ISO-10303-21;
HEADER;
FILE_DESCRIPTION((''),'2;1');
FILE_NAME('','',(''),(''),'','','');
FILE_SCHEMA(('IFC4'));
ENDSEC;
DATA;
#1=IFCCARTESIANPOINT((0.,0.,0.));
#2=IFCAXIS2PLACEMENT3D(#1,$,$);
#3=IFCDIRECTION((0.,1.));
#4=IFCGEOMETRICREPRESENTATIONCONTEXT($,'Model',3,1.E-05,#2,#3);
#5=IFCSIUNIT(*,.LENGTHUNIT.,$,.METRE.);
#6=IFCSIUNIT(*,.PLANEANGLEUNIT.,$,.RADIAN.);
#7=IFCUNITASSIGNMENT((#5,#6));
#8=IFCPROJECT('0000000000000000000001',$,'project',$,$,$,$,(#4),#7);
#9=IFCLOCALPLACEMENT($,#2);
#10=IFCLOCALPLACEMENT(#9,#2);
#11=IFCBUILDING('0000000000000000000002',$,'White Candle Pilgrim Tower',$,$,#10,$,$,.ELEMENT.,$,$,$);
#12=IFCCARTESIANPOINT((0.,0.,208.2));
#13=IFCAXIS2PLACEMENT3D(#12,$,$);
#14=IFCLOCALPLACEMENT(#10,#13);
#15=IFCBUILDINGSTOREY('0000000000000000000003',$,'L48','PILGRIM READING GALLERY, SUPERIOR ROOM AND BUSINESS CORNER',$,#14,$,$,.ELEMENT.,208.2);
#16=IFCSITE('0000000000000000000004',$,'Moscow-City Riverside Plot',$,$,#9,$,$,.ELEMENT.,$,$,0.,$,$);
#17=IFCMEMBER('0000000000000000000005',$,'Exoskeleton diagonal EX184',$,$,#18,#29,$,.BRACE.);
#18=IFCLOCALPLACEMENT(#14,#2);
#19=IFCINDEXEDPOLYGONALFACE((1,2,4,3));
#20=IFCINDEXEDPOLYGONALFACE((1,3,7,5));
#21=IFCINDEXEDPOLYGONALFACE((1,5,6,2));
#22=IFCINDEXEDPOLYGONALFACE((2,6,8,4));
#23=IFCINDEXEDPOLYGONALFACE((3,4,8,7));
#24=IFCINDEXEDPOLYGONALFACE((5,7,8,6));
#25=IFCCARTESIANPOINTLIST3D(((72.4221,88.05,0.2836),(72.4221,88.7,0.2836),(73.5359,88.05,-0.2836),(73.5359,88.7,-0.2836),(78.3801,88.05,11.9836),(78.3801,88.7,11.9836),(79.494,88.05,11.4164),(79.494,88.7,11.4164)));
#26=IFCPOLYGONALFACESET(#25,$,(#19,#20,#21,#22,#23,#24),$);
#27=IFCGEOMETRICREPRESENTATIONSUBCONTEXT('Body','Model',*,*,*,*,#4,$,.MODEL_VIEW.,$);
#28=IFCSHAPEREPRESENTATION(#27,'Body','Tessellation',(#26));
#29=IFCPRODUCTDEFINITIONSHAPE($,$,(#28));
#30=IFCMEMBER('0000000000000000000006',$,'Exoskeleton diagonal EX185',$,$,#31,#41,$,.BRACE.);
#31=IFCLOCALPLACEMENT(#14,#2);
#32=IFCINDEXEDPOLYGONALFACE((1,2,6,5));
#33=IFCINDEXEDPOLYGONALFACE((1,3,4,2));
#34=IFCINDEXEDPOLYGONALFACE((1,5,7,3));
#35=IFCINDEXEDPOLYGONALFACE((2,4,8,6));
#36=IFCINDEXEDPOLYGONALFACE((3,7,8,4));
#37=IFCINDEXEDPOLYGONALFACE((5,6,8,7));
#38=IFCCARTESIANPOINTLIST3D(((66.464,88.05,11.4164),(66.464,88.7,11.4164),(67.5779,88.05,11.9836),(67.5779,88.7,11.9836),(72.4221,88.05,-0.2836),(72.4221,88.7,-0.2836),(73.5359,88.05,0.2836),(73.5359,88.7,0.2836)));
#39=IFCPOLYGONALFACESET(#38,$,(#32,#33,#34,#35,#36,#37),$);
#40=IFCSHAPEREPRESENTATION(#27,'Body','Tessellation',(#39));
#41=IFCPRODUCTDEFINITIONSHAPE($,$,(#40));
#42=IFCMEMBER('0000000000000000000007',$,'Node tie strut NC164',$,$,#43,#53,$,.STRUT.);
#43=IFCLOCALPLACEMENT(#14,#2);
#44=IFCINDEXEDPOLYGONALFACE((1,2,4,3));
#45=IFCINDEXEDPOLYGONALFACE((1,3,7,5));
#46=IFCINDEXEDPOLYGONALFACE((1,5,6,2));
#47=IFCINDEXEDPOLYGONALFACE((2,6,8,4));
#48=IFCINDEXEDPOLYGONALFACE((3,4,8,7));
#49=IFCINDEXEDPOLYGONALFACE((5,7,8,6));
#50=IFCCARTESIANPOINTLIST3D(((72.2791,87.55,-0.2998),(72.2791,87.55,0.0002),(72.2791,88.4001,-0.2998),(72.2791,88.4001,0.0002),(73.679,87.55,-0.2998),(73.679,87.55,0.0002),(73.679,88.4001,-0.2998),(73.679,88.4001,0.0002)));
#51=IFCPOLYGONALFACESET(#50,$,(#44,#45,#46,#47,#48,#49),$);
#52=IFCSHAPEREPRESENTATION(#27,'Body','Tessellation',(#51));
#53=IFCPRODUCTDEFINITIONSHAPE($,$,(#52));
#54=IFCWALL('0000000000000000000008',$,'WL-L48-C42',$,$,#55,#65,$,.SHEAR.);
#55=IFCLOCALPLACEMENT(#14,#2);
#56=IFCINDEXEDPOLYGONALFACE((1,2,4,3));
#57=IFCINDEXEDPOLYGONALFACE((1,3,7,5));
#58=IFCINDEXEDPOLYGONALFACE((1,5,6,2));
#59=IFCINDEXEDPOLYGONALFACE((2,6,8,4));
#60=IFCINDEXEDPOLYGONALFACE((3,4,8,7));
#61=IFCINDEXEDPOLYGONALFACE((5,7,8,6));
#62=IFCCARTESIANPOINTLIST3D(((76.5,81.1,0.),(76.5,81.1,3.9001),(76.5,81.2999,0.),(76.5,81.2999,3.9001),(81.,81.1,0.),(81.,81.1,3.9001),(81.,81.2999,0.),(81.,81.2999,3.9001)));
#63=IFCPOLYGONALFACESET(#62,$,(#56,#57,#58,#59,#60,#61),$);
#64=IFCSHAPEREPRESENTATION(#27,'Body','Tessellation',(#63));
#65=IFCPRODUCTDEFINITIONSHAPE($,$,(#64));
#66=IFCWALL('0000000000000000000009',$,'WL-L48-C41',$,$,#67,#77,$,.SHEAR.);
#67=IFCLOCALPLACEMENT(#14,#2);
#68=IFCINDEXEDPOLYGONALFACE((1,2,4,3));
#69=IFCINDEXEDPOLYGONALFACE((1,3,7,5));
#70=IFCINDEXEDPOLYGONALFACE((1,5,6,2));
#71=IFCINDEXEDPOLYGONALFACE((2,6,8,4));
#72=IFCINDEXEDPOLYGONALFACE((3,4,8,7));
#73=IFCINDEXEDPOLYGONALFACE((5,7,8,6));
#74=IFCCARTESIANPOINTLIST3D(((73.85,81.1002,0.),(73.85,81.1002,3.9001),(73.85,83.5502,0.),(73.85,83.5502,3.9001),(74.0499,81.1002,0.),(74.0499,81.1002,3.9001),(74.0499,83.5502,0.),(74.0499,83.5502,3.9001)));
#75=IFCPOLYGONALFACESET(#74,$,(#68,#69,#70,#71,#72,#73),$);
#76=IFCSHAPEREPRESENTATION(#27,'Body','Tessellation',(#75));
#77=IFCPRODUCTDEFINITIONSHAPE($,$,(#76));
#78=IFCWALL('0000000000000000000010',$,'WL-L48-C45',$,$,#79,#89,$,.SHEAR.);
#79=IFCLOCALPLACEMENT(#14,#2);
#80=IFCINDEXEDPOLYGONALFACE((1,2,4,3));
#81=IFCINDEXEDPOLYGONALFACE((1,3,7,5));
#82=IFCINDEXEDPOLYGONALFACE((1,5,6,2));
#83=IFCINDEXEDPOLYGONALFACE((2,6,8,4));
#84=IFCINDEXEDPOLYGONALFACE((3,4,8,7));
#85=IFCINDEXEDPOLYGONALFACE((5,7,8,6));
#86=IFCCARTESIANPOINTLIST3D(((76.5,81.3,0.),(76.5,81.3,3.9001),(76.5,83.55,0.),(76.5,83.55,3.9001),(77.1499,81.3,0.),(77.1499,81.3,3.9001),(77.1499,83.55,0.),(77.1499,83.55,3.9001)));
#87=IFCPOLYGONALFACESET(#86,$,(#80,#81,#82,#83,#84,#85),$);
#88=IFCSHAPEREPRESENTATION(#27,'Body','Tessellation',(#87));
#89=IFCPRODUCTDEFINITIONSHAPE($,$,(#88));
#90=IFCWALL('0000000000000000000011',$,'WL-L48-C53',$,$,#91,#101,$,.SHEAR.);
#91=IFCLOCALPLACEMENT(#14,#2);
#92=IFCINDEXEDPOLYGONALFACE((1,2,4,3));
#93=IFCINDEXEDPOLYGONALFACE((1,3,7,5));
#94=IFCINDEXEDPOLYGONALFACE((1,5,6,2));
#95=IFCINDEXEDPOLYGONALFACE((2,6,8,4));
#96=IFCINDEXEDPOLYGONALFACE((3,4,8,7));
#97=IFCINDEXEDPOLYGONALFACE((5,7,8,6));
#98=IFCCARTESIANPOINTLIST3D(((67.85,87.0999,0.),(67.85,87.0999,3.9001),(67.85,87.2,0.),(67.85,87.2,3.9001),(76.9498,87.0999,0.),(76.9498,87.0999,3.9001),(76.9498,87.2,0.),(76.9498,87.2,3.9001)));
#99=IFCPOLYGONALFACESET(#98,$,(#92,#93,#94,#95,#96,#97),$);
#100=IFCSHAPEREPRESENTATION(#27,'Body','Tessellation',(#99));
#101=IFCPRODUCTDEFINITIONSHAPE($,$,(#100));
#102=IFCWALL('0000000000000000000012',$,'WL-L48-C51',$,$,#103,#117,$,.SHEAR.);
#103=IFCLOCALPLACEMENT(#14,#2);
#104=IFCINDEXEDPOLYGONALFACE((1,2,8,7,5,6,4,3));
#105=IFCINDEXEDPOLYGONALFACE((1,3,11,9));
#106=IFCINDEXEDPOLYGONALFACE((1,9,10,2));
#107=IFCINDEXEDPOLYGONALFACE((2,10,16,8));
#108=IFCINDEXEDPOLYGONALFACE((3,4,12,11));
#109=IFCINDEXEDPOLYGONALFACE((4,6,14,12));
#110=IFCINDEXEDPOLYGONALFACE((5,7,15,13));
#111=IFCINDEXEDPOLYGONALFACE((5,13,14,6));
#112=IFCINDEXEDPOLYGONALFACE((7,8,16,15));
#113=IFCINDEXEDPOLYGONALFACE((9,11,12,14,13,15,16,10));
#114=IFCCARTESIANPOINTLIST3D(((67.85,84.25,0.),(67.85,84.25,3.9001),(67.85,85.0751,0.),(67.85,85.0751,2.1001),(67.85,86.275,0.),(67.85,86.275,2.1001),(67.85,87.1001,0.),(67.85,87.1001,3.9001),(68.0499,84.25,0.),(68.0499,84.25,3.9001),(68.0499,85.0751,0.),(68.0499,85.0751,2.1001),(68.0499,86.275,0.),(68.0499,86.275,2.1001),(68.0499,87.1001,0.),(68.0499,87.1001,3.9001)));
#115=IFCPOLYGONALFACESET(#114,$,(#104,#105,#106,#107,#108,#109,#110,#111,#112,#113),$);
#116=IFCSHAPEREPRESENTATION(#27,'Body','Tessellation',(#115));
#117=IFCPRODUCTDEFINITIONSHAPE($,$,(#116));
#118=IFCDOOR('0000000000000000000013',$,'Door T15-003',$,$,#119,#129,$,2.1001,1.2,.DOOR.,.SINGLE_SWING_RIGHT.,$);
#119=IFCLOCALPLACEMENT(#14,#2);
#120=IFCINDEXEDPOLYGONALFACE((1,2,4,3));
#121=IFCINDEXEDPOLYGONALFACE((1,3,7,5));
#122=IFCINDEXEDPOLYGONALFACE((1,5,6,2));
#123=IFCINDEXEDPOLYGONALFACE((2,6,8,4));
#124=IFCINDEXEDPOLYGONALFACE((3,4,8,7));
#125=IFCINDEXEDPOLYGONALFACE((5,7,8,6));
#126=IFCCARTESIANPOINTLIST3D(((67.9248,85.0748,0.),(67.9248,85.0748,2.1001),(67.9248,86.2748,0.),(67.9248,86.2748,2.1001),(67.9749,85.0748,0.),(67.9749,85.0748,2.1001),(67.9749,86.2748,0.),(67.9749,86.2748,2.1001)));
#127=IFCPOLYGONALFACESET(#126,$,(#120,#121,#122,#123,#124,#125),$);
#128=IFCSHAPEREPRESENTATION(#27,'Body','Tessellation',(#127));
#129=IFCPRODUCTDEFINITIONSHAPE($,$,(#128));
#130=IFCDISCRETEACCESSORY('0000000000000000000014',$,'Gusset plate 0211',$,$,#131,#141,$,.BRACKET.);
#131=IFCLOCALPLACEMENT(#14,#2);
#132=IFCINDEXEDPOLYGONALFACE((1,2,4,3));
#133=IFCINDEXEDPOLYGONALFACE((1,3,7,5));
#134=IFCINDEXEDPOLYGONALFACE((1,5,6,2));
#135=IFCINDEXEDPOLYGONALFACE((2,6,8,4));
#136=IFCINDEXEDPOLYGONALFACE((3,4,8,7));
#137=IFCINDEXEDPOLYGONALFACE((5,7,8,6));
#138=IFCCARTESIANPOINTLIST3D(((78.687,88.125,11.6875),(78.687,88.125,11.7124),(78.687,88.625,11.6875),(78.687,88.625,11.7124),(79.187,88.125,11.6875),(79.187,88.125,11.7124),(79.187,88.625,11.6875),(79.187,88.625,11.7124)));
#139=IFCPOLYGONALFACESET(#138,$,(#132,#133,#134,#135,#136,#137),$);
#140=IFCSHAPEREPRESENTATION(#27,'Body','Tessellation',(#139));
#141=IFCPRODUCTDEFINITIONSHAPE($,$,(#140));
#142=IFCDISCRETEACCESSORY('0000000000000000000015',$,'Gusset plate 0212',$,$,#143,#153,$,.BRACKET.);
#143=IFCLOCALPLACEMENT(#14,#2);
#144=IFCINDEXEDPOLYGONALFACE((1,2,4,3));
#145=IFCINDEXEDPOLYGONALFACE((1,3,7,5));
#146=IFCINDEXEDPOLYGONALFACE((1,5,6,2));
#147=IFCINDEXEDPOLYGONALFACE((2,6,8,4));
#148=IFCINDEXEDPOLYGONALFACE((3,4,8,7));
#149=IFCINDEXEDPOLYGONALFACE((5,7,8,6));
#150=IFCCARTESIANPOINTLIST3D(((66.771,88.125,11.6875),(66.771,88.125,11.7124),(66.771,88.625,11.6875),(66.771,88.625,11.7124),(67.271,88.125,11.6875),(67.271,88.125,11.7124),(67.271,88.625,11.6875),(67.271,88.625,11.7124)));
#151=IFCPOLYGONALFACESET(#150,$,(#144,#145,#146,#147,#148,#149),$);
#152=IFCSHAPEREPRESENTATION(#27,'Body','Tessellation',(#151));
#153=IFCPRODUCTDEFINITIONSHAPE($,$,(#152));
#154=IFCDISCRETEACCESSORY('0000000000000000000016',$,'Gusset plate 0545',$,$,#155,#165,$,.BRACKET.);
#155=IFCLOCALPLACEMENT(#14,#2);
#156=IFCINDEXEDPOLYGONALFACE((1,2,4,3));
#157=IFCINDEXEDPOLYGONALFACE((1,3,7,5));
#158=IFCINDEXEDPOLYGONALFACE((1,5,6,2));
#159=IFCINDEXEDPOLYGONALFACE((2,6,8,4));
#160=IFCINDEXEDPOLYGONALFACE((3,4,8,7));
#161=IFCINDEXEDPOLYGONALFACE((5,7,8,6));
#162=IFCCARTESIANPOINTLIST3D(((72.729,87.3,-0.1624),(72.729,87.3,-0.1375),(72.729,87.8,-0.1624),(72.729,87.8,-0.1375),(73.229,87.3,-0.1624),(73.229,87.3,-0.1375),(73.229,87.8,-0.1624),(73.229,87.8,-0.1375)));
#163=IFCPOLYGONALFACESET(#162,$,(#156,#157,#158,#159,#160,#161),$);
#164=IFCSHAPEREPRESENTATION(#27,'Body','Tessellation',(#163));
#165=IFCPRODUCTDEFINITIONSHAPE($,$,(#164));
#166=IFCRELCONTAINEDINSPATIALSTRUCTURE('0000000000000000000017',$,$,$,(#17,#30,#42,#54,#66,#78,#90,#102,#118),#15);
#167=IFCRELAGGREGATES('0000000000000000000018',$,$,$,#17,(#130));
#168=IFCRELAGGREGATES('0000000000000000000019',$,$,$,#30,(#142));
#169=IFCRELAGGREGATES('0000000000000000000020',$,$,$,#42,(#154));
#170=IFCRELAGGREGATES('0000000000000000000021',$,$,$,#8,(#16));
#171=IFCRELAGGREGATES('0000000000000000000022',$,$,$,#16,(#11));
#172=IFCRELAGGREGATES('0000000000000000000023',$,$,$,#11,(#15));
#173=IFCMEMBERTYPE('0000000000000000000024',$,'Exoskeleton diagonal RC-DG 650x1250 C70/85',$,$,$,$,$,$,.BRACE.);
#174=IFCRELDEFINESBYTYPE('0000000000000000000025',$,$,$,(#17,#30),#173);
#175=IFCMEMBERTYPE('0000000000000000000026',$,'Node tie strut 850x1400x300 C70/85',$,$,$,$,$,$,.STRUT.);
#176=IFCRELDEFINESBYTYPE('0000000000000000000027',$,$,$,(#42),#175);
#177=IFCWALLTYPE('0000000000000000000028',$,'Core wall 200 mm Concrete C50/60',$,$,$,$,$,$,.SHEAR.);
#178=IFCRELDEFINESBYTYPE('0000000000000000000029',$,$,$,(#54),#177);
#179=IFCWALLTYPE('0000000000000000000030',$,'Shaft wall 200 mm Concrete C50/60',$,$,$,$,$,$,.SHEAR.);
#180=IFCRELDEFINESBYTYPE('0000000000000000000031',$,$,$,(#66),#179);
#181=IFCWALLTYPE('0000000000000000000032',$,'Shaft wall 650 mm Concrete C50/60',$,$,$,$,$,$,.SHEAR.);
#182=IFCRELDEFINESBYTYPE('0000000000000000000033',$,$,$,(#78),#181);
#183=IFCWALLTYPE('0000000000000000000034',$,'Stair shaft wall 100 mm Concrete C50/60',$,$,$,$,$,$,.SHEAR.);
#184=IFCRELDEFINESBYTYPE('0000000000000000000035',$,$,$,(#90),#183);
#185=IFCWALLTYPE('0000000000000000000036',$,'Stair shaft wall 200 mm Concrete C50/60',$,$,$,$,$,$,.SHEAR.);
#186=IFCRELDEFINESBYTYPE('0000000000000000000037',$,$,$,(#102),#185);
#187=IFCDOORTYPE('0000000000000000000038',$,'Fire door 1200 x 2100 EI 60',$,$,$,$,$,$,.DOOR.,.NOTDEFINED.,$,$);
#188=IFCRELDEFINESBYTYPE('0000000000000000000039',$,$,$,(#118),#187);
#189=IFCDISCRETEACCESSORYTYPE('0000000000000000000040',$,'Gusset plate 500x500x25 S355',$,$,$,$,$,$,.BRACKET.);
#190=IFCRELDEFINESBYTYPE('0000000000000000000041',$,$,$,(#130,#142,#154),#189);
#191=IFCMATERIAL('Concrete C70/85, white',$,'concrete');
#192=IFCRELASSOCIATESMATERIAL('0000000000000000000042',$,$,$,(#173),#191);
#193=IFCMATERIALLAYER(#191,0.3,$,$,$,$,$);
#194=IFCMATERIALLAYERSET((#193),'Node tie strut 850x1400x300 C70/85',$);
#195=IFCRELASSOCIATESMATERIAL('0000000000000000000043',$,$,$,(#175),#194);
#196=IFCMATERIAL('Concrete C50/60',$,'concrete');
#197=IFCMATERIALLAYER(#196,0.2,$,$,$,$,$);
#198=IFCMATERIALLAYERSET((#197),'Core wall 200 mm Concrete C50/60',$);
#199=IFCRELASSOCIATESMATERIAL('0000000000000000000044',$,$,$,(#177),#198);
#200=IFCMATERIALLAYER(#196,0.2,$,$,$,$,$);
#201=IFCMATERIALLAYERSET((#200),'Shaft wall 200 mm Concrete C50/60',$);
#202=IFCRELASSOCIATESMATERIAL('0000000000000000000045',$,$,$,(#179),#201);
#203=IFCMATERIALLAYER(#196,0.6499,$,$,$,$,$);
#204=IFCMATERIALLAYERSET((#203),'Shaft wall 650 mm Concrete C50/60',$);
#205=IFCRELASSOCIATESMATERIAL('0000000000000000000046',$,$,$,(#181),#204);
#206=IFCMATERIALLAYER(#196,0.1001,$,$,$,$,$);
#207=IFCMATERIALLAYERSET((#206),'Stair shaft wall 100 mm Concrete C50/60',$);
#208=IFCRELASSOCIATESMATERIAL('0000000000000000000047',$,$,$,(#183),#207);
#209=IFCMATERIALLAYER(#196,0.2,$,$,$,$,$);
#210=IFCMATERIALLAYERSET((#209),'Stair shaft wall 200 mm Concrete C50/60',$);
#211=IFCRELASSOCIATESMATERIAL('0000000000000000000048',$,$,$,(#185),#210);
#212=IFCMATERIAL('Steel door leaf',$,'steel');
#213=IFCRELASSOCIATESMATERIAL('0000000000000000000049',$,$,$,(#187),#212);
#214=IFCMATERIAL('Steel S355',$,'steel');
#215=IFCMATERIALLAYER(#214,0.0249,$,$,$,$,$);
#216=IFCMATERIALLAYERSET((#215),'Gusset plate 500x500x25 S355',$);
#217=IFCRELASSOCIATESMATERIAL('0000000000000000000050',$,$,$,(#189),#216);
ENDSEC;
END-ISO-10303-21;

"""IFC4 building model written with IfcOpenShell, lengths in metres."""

from ifc_helpers import new_model, si_unit, direction, frame, frame_2d, origin, origin_2d, place, context, subcontext, project, spatial, rectangle, extrude, material, layer, layer_set, material_profile, profile_set, type_object, element, fill, aggregate, save


model = new_model("IFC4")

# Units and contexts
model_context = context("Model", 3, precision=1e-05, world=origin(), true_north=direction((0.0, 1.0)))
body_context = subcontext(model_context, "Body", "Model", "MODEL_VIEW")
ifc_project = project(units=[si_unit("LENGTHUNIT", "METRE"), si_unit("PLANEANGLEUNIT", "RADIAN")], contexts=[model_context])

# Site, building, storey
site_placement = place(None, origin())
site = spatial("IfcSite", under=ifc_project, at=site_placement, Name="Moscow-City Riverside Plot", CompositionType="ELEMENT", RefElevation=0.0)
building_placement = place(site_placement, origin())
building = spatial("IfcBuilding", under=site, at=building_placement, Name="White Candle Pilgrim Tower", CompositionType="ELEMENT")
storey_placement = place(building_placement, frame((0.0, 0.0, 208.2)))
storey = spatial("IfcBuildingStorey", under=building, at=storey_placement, Name="L48", Description="PILGRIM READING GALLERY, SUPERIOR ROOM AND BUSINESS CORNER", CompositionType="ELEMENT", Elevation=208.2)

# Members
ifc_material_1 = material(Name="Concrete C70/85, white", Category="concrete")
ifc_material_profile = material_profile(ifc_material_1, rectangle(XDim=0.6499, YDim=1.25, at=origin_2d()), Name="RC-DG 650x1250")
ifc_profile_set = profile_set([ifc_material_profile], Name="Concrete C70/85, white")
member_type_1 = type_object("IfcMemberType", Name="Exoskeleton diagonal RC-DG 650x1250 C70/85", PredefinedType="BRACE", material=ifc_profile_set)
member_1_placement = place(storey_placement, frame((72.979, 88.375, 0.0), z_axis=(0.453784, 0.0, 0.891112), x_axis=(0.0, 1.0, 0.0)))
member_1 = element("IfcMember", 1, at=member_1_placement, inside=storey, type_object=member_type_1, Name="Exoskeleton diagonal EX184", PredefinedType="BRACE", context=body_context, shape_type="SweptSolid", body=[
    extrude(rectangle(XDim=0.6499, YDim=1.25, at=origin_2d()), origin(), (0.0, 0.0, 1.0), 13.1296),
])
member_2_placement = place(storey_placement, frame((72.979, 88.375, 0.0), z_axis=(-0.453784, 0.0, 0.891112), x_axis=(0.0, -1.0, 0.0)))
member_2 = element("IfcMember", 2, at=member_2_placement, inside=storey, type_object=member_type_1, Name="Exoskeleton diagonal EX185", PredefinedType="BRACE", context=body_context, shape_type="SweptSolid", body=[
    extrude(rectangle(XDim=0.6499, YDim=1.25, at=origin_2d()), origin(), (0.0, 0.0, 1.0), 13.1296),
])
ifc_layer_1 = layer(ifc_material_1, 0.3)
ifc_layer_set_1 = layer_set([ifc_layer_1], Name="Node tie strut 850x1400x300 C70/85")
member_type_2 = type_object("IfcMemberType", Name="Node tie strut 850x1400x300 C70/85", PredefinedType="STRUT", material=ifc_layer_set_1)
member_3_placement = place(storey_placement, frame((72.979, 87.9751, -0.2998), z_axis=(0.0, 0.0, 1.0), x_axis=(-1.0, 0.0, 0.0)))
member_3 = element("IfcMember", 3, at=member_3_placement, inside=storey, type_object=member_type_2, Name="Node tie strut NC164", PredefinedType="STRUT", context=body_context, shape_type="SweptSolid", body=[
    extrude(rectangle(XDim=1.3999, YDim=0.8501, at=origin_2d()), origin(), (0.0, 0.0, 1.0), 0.3),
])

# Walls
ifc_material_2 = material(Name="Concrete C50/60", Category="concrete")
ifc_layer_2 = layer(ifc_material_2, 0.2)
ifc_layer_set_2 = layer_set([ifc_layer_2], Name="Core wall 200 mm Concrete C50/60")
wall_type_1 = type_object("IfcWallType", Name="Core wall 200 mm Concrete C50/60", PredefinedType="SHEAR", material=ifc_layer_set_2)
wall_1_placement = place(storey_placement, frame((76.5, 81.2, 0.0), z_axis=(0.0, 0.0, 1.0), x_axis=(1.0, 0.0, 0.0)))
element("IfcWall", 4, at=wall_1_placement, inside=storey, type_object=wall_type_1, Name="WL-L48-C42", PredefinedType="SHEAR", context=body_context, shape_type="SweptSolid", body=[
    extrude(rectangle(XDim=4.5, YDim=0.2, at=frame_2d((2.25, 0.0))), origin(), (0.0, 0.0, 1.0), 3.9001),
])
ifc_layer_3 = layer(ifc_material_2, 0.2)
ifc_layer_set_3 = layer_set([ifc_layer_3], Name="Shaft wall 200 mm Concrete C50/60")
wall_type_2 = type_object("IfcWallType", Name="Shaft wall 200 mm Concrete C50/60", PredefinedType="SHEAR", material=ifc_layer_set_3)
wall_2_placement = place(storey_placement, frame((73.95, 81.1001, 0.0), z_axis=(0.0, 0.0, 1.0), x_axis=(0.0, 1.0, 0.0)))
element("IfcWall", 5, at=wall_2_placement, inside=storey, type_object=wall_type_2, Name="WL-L48-C41", PredefinedType="SHEAR", context=body_context, shape_type="SweptSolid", body=[
    extrude(rectangle(XDim=2.45, YDim=0.2, at=frame_2d((1.2251, 0.0))), origin(), (0.0, 0.0, 1.0), 3.9001),
])
ifc_layer_4 = layer(ifc_material_2, 0.6499)
ifc_layer_set_4 = layer_set([ifc_layer_4], Name="Shaft wall 650 mm Concrete C50/60")
wall_type_3 = type_object("IfcWallType", Name="Shaft wall 650 mm Concrete C50/60", PredefinedType="SHEAR", material=ifc_layer_set_4)
wall_3_placement = place(storey_placement, frame((76.825, 81.3, 0.0), z_axis=(0.0, 0.0, 1.0), x_axis=(0.0, 1.0, 0.0)))
element("IfcWall", 6, at=wall_3_placement, inside=storey, type_object=wall_type_3, Name="WL-L48-C45", PredefinedType="SHEAR", context=body_context, shape_type="SweptSolid", body=[
    extrude(rectangle(XDim=2.25, YDim=0.6499, at=frame_2d((1.125, 0.0))), origin(), (0.0, 0.0, 1.0), 3.9001),
])
ifc_layer_5 = layer(ifc_material_2, 0.1001)
ifc_layer_set_5 = layer_set([ifc_layer_5], Name="Stair shaft wall 100 mm Concrete C50/60")
wall_type_4 = type_object("IfcWallType", Name="Stair shaft wall 100 mm Concrete C50/60", PredefinedType="SHEAR", material=ifc_layer_set_5)
wall_4_placement = place(storey_placement, frame((67.8501, 87.1499, 0.0), z_axis=(0.0, 0.0, 1.0), x_axis=(1.0, 0.0, 0.0)))
element("IfcWall", 7, at=wall_4_placement, inside=storey, type_object=wall_type_4, Name="WL-L48-C53", PredefinedType="SHEAR", context=body_context, shape_type="SweptSolid", body=[
    extrude(rectangle(XDim=9.0999, YDim=0.1001, at=frame_2d((4.5498, 0.0))), origin(), (0.0, 0.0, 1.0), 3.9001),
])

# Wall, opening, door
ifc_layer_6 = layer(ifc_material_2, 0.2)
ifc_layer_set_6 = layer_set([ifc_layer_6], Name="Stair shaft wall 200 mm Concrete C50/60")
wall_type_5 = type_object("IfcWallType", Name="Stair shaft wall 200 mm Concrete C50/60", PredefinedType="SHEAR", material=ifc_layer_set_6)
wall_5_placement = place(storey_placement, frame((67.95, 84.25, 0.0), z_axis=(0.0, 0.0, 1.0), x_axis=(0.0, 1.0, 0.0)))
wall_5 = element("IfcWall", 8, at=wall_5_placement, inside=storey, type_object=wall_type_5, Name="WL-L48-C51", PredefinedType="SHEAR", context=body_context, shape_type="SweptSolid", body=[
    extrude(rectangle(XDim=2.8501, YDim=0.2, at=frame_2d((1.425, 0.0))), origin(), (0.0, 0.0, 1.0), 3.9001),
])
opening_placement = place(wall_5_placement, frame((0.825, 0.0, 0.0)))
opening = element("IfcOpeningElement", 9, at=opening_placement, cuts=wall_5, PredefinedType="OPENING", context=body_context, shape_type="SweptSolid", body=[
    extrude(rectangle(XDim=1.2, YDim=2.1001, at=frame_2d((0.6001, 1.05))), frame((0.0, 0.1099, 0.0), z_axis=(0.0, -1.0, 0.0), x_axis=(1.0, 0.0, 0.0)), (0.0, 0.0, 1.0), 0.22),
])
ifc_material_3 = material(Name="Steel door leaf", Category="steel")
door_type = type_object("IfcDoorType", Name="Fire door 1200 x 2100 EI 60", OperationType="NOTDEFINED", PredefinedType="DOOR", material=ifc_material_3)
door_placement = place(opening_placement, frame((1.2, 0.0, 0.0), z_axis=(0.0, 0.0, 1.0), x_axis=(-1.0, 0.0, 0.0)))
door = element("IfcDoor", 10, at=door_placement, inside=storey, type_object=door_type, Name="Door T15-003", OperationType="SINGLE_SWING_RIGHT", OverallHeight=2.1001, OverallWidth=1.2, PredefinedType="DOOR", context=body_context, shape_type="SweptSolid", body=[
    extrude(rectangle(XDim=1.2, YDim=2.1001, at=frame_2d((0.6001, 1.05))), frame((0.0, 0.0249, 0.0), z_axis=(0.0, -1.0, 0.0), x_axis=(1.0, 0.0, 0.0)), (0.0, 0.0, 1.0), 0.05),
])
fill(opening, door)

# Discrete accessories
ifc_material_4 = material(Name="Steel S355", Category="steel")
ifc_layer_7 = layer(ifc_material_4, 0.0249)
ifc_layer_set_7 = layer_set([ifc_layer_7], Name="Gusset plate 500x500x25 S355")
discrete_accessory_type = type_object("IfcDiscreteAccessoryType", Name="Gusset plate 500x500x25 S355", PredefinedType="BRACKET", material=ifc_layer_set_7)
placement = place(building_placement, frame((0.0, 0.0, 219.8999)))
discrete_accessory_1_placement = place(placement, frame((78.937, 88.375, -0.0125), z_axis=(0.0, 0.0, 1.0), x_axis=(1.0, 0.0, 0.0)))
discrete_accessory_1 = element("IfcDiscreteAccessory", 11, at=discrete_accessory_1_placement, type_object=discrete_accessory_type, Name="Gusset plate 0211", PredefinedType="BRACKET", context=body_context, shape_type="SweptSolid", body=[
    extrude(rectangle(XDim=0.5, YDim=0.5, at=origin_2d()), origin(), (0.0, 0.0, 1.0), 0.0249),
])
aggregate(member_1, [discrete_accessory_1])
discrete_accessory_2_placement = place(placement, frame((67.021, 88.375, -0.0125), z_axis=(0.0, 0.0, 1.0), x_axis=(1.0, 0.0, 0.0)))
discrete_accessory_2 = element("IfcDiscreteAccessory", 12, at=discrete_accessory_2_placement, type_object=discrete_accessory_type, Name="Gusset plate 0212", PredefinedType="BRACKET", context=body_context, shape_type="SweptSolid", body=[
    extrude(rectangle(XDim=0.5, YDim=0.5, at=origin_2d()), origin(), (0.0, 0.0, 1.0), 0.0249),
])
aggregate(member_2, [discrete_accessory_2])
discrete_accessory_3_placement = place(storey_placement, frame((72.979, 87.55, -0.1624), z_axis=(0.0, 0.0, 1.0), x_axis=(1.0, 0.0, 0.0)))
discrete_accessory_3 = element("IfcDiscreteAccessory", 13, at=discrete_accessory_3_placement, type_object=discrete_accessory_type, Name="Gusset plate 0545", PredefinedType="BRACKET", context=body_context, shape_type="SweptSolid", body=[
    extrude(rectangle(XDim=0.5, YDim=0.5, at=origin_2d()), origin(), (0.0, 0.0, 1.0), 0.0249),
])
aggregate(member_3, [discrete_accessory_3])

save(model, "model.ifc")
